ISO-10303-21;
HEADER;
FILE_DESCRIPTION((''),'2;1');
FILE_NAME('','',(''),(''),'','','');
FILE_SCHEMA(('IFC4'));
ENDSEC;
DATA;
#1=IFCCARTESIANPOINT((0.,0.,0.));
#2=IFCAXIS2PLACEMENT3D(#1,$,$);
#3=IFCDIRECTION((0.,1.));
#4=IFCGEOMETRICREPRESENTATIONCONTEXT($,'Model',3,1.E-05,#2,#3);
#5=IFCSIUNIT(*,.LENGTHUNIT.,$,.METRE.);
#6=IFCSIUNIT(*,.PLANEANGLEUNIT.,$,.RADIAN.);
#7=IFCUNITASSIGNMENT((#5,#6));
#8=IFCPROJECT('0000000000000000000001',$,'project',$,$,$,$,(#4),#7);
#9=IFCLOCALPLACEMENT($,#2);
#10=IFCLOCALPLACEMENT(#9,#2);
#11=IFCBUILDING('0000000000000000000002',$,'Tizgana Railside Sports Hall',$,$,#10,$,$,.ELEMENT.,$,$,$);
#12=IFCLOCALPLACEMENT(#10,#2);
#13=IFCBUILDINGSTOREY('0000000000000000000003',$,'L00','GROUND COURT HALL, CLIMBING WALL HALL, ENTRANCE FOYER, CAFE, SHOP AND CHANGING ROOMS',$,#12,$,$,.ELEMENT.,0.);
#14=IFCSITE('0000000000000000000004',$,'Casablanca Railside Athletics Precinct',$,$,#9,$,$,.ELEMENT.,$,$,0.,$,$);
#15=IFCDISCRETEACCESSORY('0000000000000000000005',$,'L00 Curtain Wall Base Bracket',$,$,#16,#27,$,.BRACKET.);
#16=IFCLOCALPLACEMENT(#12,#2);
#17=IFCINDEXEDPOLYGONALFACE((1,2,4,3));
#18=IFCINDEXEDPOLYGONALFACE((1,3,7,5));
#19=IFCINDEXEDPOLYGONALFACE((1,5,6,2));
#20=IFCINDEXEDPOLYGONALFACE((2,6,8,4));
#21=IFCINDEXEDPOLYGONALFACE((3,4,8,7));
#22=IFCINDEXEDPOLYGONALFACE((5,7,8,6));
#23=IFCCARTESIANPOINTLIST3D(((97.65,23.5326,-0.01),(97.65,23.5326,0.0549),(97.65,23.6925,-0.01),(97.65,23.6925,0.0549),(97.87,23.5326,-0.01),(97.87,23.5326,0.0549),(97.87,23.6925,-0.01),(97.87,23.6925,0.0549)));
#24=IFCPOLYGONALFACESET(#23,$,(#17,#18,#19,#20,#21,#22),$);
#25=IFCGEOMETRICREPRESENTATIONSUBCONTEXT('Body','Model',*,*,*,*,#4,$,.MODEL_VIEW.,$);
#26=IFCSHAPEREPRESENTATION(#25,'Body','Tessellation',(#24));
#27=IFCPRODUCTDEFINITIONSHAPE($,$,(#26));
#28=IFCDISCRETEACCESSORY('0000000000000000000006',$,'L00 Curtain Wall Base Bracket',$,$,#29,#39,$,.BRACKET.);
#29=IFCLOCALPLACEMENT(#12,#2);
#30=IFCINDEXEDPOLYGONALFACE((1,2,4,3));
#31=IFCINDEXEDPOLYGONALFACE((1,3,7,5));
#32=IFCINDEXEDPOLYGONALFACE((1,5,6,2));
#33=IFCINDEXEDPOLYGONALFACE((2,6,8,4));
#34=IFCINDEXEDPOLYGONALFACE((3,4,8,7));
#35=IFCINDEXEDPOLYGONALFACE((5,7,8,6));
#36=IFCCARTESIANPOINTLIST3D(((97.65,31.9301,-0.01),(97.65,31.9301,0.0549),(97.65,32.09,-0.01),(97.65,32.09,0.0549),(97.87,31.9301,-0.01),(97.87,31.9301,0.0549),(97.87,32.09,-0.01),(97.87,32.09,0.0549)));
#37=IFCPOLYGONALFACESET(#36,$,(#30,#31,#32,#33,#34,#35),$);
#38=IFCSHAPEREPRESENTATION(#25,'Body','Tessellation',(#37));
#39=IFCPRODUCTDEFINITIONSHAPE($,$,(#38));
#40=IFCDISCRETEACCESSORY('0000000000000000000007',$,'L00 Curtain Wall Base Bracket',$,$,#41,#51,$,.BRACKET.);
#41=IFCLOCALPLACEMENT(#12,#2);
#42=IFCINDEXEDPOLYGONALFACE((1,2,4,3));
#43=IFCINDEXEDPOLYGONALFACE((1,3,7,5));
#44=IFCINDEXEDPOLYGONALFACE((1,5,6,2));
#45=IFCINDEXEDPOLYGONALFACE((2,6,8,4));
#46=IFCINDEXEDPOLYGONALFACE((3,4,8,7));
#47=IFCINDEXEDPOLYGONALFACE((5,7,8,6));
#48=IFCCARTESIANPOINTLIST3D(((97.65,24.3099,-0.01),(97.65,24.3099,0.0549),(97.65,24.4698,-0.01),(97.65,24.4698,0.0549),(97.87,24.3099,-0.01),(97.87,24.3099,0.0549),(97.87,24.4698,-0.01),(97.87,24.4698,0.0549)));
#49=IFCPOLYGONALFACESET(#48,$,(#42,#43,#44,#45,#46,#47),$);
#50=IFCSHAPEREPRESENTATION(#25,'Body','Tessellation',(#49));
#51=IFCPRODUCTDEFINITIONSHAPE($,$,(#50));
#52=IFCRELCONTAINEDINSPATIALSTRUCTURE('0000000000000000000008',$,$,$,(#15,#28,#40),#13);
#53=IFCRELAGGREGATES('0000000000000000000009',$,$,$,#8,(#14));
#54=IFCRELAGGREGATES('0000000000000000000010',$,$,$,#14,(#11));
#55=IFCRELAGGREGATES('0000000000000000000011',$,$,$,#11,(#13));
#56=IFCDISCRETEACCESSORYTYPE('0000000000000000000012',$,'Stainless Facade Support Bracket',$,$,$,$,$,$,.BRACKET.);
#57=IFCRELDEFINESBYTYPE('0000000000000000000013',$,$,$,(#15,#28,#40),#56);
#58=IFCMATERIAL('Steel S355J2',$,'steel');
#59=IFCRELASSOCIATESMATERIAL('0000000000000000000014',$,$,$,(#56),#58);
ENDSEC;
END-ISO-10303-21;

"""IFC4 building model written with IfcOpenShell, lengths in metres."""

from ifc_helpers import new_model, si_unit, direction, frame, origin, origin_2d, place, context, subcontext, project, spatial, rectangle, extrude, material, type_object, element, save


model = new_model("IFC4")

# Units and contexts
model_context = context("Model", 3, precision=1e-05, world=origin(), true_north=direction((0.0, 1.0)))
body_context = subcontext(model_context, "Body", "Model", "MODEL_VIEW")
ifc_project = project(units=[si_unit("LENGTHUNIT", "METRE"), si_unit("PLANEANGLEUNIT", "RADIAN")], contexts=[model_context])

# Site, building, storey
site_placement = place(None, origin())
site = spatial("IfcSite", under=ifc_project, at=site_placement, Name="Casablanca Railside Athletics Precinct", CompositionType="ELEMENT", RefElevation=0.0)
building_placement = place(site_placement, origin())
building = spatial("IfcBuilding", under=site, at=building_placement, Name="Tizgana Railside Sports Hall", CompositionType="ELEMENT")
storey_placement = place(building_placement, origin())
storey = spatial("IfcBuildingStorey", under=building, at=storey_placement, Name="L00", Description="GROUND COURT HALL, CLIMBING WALL HALL, ENTRANCE FOYER, CAFE, SHOP AND CHANGING ROOMS", CompositionType="ELEMENT", Elevation=0.0)

# Shared definitions
ifc_material_1 = material(Name="Steel S355J2", Category="steel")

# Discrete accessories
discrete_accessory_type = type_object("IfcDiscreteAccessoryType", Name="Stainless Facade Support Bracket", PredefinedType="BRACKET", material=ifc_material_1)
for number, where, z_axis, x_axis, name in (
    (1, (97.76, 23.6125, -0.01), (0.0, 0.0, 1.0), (0.0, -1.0, 0.0), "L00 Curtain Wall Base Bracket"),
    (2, (97.76, 32.01, -0.01), (0.0, 0.0, 1.0), (0.0, -1.0, 0.0), "L00 Curtain Wall Base Bracket"),
    (3, (97.76, 24.3899, -0.01), (0.0, 0.0, 1.0), (0.0, -1.0, 0.0), "L00 Curtain Wall Base Bracket"),
):
    element("IfcDiscreteAccessory", number, at=place(storey_placement, frame(where, z_axis=z_axis, x_axis=x_axis)), inside=storey, type_object=discrete_accessory_type, Name=name, PredefinedType="BRACKET", context=body_context, shape_type="SweptSolid", body=[
        extrude(rectangle(XDim=0.1599, YDim=0.22, at=origin_2d()), origin(), (0.0, 0.0, 1.0), 0.0649),
    ])

save(model, "model.ifc")
